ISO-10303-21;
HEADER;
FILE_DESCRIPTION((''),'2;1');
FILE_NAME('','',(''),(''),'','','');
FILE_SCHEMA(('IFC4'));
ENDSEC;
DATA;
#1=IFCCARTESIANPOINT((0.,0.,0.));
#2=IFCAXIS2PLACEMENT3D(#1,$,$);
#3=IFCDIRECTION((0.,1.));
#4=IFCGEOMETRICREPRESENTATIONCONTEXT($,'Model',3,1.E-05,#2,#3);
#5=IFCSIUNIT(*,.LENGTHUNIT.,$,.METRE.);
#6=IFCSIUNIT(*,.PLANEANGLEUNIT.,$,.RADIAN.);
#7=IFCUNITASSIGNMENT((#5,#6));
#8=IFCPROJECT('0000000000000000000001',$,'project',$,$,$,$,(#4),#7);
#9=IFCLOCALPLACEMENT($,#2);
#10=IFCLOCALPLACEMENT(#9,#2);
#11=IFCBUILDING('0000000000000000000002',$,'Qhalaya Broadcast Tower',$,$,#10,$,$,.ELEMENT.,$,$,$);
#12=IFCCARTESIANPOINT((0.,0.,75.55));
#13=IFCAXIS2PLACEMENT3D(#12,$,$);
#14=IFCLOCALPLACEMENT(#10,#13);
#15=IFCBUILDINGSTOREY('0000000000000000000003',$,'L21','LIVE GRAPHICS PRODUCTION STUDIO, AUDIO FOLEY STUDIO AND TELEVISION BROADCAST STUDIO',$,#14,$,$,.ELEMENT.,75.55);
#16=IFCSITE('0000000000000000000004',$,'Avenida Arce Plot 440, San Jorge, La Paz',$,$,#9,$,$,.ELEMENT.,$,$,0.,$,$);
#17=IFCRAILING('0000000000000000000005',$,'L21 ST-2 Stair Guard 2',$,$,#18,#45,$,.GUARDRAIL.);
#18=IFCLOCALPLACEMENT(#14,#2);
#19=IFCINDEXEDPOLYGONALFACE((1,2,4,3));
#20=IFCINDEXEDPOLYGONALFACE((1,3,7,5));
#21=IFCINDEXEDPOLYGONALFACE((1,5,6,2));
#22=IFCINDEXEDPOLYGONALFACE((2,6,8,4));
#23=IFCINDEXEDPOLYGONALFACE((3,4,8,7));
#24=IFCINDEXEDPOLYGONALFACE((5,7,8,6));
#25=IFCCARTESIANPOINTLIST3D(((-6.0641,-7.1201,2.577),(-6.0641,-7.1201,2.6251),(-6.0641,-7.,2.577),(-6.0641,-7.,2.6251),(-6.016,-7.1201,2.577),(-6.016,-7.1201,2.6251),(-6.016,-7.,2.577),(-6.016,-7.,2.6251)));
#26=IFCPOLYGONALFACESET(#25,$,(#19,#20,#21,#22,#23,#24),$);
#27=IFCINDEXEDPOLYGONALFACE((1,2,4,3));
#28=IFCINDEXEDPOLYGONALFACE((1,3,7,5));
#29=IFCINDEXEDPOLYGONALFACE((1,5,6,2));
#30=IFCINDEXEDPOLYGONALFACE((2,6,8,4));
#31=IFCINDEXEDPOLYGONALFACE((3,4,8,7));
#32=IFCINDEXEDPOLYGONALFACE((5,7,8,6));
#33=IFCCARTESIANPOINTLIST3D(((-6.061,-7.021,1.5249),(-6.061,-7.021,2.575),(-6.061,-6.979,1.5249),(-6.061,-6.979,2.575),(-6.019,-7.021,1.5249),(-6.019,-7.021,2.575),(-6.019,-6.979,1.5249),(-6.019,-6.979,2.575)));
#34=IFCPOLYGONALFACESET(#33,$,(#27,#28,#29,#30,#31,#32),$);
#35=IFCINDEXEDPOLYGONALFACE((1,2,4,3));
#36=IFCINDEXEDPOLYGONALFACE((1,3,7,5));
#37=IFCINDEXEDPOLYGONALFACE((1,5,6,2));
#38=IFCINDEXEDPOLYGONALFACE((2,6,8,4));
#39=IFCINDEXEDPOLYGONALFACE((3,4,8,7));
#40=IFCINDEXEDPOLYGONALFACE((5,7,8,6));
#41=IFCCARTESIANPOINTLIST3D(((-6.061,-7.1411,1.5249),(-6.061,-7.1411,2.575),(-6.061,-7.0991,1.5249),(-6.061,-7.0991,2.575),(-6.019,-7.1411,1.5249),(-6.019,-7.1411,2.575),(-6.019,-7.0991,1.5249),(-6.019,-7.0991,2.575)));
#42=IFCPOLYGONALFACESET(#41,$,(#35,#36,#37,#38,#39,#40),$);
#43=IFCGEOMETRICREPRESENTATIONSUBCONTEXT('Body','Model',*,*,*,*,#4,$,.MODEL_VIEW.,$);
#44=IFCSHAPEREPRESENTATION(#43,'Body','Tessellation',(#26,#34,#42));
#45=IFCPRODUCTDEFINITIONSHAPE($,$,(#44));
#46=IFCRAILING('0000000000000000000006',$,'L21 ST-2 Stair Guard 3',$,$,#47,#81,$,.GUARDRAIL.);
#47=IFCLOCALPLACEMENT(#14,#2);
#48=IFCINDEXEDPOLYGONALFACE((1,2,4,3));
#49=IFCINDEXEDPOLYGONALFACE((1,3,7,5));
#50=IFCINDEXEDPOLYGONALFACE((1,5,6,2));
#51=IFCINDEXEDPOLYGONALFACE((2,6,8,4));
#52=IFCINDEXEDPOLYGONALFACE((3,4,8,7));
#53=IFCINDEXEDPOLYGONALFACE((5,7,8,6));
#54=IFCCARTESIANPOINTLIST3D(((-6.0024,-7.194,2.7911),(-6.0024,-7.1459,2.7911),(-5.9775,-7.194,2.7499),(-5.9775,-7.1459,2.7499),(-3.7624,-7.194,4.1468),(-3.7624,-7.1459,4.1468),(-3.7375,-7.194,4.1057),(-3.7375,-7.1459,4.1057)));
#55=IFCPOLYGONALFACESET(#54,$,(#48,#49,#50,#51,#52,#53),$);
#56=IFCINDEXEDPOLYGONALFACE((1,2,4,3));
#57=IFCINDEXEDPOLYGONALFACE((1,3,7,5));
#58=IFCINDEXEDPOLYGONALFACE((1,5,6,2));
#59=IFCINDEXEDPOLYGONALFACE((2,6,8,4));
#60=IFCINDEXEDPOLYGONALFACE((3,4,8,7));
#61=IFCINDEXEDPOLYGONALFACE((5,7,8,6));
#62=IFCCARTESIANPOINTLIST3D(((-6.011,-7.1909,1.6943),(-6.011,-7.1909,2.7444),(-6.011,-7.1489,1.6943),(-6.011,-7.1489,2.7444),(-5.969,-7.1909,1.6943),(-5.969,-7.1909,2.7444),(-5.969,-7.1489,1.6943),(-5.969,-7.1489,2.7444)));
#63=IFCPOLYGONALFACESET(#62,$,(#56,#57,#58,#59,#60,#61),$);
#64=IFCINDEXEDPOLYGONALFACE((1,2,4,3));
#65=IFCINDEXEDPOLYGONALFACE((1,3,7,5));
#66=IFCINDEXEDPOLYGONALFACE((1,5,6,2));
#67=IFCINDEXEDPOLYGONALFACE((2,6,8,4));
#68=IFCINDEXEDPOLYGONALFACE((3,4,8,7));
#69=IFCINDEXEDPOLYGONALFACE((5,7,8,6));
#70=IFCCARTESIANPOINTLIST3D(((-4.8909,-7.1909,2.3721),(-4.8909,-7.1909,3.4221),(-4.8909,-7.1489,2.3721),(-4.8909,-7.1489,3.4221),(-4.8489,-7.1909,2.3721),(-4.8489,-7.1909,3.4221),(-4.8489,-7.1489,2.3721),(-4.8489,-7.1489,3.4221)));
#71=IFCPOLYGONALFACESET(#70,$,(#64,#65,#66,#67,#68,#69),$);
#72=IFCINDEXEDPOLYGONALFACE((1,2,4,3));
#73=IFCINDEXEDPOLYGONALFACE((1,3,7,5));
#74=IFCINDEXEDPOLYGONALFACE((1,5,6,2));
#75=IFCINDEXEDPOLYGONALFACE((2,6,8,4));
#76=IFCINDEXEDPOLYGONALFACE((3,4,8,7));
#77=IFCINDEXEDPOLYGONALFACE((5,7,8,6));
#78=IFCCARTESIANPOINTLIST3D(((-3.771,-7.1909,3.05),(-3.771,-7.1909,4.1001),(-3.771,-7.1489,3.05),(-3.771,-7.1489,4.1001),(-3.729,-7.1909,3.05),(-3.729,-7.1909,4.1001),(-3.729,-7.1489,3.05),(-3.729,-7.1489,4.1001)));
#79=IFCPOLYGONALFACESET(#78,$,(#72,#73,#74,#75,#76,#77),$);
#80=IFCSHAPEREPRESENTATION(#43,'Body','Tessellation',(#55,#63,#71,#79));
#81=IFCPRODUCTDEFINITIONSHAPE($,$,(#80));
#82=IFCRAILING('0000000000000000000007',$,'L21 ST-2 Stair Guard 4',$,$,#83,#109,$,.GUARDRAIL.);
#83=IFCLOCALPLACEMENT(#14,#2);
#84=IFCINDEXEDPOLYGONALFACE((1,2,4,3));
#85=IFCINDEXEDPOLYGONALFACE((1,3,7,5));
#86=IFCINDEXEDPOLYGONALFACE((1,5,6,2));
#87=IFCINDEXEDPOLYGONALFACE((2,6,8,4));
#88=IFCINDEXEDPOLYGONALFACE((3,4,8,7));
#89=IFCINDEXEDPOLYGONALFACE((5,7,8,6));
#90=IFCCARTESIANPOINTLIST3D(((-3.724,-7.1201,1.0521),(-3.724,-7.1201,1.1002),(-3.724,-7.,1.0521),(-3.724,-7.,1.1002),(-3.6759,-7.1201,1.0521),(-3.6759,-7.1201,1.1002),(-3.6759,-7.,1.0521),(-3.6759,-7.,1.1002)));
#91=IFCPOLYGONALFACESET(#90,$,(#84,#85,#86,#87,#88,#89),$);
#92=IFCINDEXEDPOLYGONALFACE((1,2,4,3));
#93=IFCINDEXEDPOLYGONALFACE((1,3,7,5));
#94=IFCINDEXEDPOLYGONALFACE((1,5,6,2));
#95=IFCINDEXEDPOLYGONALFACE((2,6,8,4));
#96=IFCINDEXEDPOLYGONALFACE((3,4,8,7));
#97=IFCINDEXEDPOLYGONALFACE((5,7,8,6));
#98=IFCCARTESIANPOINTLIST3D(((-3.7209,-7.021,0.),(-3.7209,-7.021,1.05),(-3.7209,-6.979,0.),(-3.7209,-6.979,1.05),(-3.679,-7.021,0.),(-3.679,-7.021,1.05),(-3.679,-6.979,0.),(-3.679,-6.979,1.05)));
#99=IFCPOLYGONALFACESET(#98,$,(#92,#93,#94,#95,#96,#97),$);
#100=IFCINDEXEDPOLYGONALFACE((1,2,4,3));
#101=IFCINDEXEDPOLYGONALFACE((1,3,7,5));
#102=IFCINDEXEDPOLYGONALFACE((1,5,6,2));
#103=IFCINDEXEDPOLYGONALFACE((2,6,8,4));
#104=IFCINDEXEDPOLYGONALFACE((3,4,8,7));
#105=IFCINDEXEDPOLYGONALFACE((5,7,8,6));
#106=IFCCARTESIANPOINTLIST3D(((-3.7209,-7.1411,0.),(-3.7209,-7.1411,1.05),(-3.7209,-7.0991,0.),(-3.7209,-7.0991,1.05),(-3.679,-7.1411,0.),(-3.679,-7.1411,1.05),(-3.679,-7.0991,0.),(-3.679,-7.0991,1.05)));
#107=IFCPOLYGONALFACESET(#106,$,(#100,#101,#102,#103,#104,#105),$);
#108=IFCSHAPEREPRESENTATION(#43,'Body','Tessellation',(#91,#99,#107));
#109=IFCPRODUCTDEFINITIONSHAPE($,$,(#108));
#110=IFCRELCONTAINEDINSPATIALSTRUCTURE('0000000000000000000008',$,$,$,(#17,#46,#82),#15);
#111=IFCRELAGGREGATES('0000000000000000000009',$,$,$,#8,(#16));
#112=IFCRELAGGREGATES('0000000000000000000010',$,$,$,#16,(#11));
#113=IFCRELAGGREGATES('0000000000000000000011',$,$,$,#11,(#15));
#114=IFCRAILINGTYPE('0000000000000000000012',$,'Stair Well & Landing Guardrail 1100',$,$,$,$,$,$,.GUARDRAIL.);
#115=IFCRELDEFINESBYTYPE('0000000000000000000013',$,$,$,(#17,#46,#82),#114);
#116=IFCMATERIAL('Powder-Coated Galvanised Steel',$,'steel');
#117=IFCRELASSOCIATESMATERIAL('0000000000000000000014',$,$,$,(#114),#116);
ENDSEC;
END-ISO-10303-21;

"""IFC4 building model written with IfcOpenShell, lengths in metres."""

from ifc_helpers import new_model, si_unit, direction, frame, origin, origin_2d, place, context, subcontext, project, spatial, rectangle, extrude, material, type_object, element, save


model = new_model("IFC4")

# Units and contexts
model_context = context("Model", 3, precision=1e-05, world=origin(), true_north=direction((0.0, 1.0)))
body_context = subcontext(model_context, "Body", "Model", "MODEL_VIEW")
ifc_project = project(units=[si_unit("LENGTHUNIT", "METRE"), si_unit("PLANEANGLEUNIT", "RADIAN")], contexts=[model_context])

# Site, building, storey
site_placement = place(None, origin())
site = spatial("IfcSite", under=ifc_project, at=site_placement, Name="Avenida Arce Plot 440, San Jorge, La Paz", CompositionType="ELEMENT", RefElevation=0.0)
building_placement = place(site_placement, origin())
building = spatial("IfcBuilding", under=site, at=building_placement, Name="Qhalaya Broadcast Tower", CompositionType="ELEMENT")
storey_placement = place(building_placement, frame((0.0, 0.0, 75.55)))
storey = spatial("IfcBuildingStorey", under=building, at=storey_placement, Name="L21", Description="LIVE GRAPHICS PRODUCTION STUDIO, AUDIO FOLEY STUDIO AND TELEVISION BROADCAST STUDIO", CompositionType="ELEMENT", Elevation=75.55)

# Railings
ifc_material_1 = material(Name="Powder-Coated Galvanised Steel", Category="steel")
railing_type_1 = type_object("IfcRailingType", Name="Stair Well & Landing Guardrail 1100", PredefinedType="GUARDRAIL", material=ifc_material_1)
railing_1_placement = place(storey_placement, frame((-6.04, -7.0, 1.5249)))
element("IfcRailing", 1, at=railing_1_placement, inside=storey, type_object=railing_type_1, Name="L21 ST-2 Stair Guard 2", PredefinedType="GUARDRAIL", context=body_context, shape_type="SweptSolid", body=[
    extrude(rectangle(XDim=0.0481, YDim=0.0481, at=origin_2d()), frame((0.0, 0.0, 1.0762), z_axis=(0.0, -1.0, 0.0), x_axis=(1.0, 0.0, 0.0)), (0.0, 0.0, 1.0), 0.1201),
    extrude(rectangle(XDim=0.042, YDim=0.042, at=origin_2d()), origin(), (0.0, 0.0, 1.0), 1.05),
    extrude(rectangle(XDim=0.042, YDim=0.042, at=origin_2d()), frame((0.0, -0.1201, 0.0)), (0.0, 0.0, 1.0), 1.05),
])
railing_2_placement = place(storey_placement, frame((-5.99, -7.1699, 1.6943)))
element("IfcRailing", 2, at=railing_2_placement, inside=storey, type_object=railing_type_1, Name="L21 ST-2 Stair Guard 3", PredefinedType="GUARDRAIL", context=body_context, shape_type="SweptSolid", body=[
    extrude(rectangle(XDim=0.0481, YDim=0.0481, at=origin_2d()), frame((0.0, 0.0, 1.0762), z_axis=(0.855512, 0.0, 0.517783), x_axis=(0.0, 1.0, 0.0)), (0.0, 0.0, 1.0), 2.6184),
    extrude(rectangle(XDim=0.042, YDim=0.042, at=origin_2d()), origin(), (0.0, 0.0, 1.0), 1.05),
    extrude(rectangle(XDim=0.042, YDim=0.042, at=origin_2d()), frame((1.1201, 0.0, 0.6777)), (0.0, 0.0, 1.0), 1.05),
    extrude(rectangle(XDim=0.042, YDim=0.042, at=origin_2d()), frame((2.24, 0.0, 1.3557)), (0.0, 0.0, 1.0), 1.05),
])
railing_3_placement = place(storey_placement, frame((-3.7, -7.0, 0.0)))
element("IfcRailing", 3, at=railing_3_placement, inside=storey, type_object=railing_type_1, Name="L21 ST-2 Stair Guard 4", PredefinedType="GUARDRAIL", context=body_context, shape_type="SweptSolid", body=[
    extrude(rectangle(XDim=0.0481, YDim=0.0481, at=origin_2d()), frame((0.0, 0.0, 1.0762), z_axis=(0.0, -1.0, 0.0), x_axis=(1.0, 0.0, 0.0)), (0.0, 0.0, 1.0), 0.1201),
    extrude(rectangle(XDim=0.042, YDim=0.042, at=origin_2d()), origin(), (0.0, 0.0, 1.0), 1.05),
    extrude(rectangle(XDim=0.042, YDim=0.042, at=origin_2d()), frame((0.0, -0.1201, 0.0)), (0.0, 0.0, 1.0), 1.05),
])

save(model, "model.ifc")
